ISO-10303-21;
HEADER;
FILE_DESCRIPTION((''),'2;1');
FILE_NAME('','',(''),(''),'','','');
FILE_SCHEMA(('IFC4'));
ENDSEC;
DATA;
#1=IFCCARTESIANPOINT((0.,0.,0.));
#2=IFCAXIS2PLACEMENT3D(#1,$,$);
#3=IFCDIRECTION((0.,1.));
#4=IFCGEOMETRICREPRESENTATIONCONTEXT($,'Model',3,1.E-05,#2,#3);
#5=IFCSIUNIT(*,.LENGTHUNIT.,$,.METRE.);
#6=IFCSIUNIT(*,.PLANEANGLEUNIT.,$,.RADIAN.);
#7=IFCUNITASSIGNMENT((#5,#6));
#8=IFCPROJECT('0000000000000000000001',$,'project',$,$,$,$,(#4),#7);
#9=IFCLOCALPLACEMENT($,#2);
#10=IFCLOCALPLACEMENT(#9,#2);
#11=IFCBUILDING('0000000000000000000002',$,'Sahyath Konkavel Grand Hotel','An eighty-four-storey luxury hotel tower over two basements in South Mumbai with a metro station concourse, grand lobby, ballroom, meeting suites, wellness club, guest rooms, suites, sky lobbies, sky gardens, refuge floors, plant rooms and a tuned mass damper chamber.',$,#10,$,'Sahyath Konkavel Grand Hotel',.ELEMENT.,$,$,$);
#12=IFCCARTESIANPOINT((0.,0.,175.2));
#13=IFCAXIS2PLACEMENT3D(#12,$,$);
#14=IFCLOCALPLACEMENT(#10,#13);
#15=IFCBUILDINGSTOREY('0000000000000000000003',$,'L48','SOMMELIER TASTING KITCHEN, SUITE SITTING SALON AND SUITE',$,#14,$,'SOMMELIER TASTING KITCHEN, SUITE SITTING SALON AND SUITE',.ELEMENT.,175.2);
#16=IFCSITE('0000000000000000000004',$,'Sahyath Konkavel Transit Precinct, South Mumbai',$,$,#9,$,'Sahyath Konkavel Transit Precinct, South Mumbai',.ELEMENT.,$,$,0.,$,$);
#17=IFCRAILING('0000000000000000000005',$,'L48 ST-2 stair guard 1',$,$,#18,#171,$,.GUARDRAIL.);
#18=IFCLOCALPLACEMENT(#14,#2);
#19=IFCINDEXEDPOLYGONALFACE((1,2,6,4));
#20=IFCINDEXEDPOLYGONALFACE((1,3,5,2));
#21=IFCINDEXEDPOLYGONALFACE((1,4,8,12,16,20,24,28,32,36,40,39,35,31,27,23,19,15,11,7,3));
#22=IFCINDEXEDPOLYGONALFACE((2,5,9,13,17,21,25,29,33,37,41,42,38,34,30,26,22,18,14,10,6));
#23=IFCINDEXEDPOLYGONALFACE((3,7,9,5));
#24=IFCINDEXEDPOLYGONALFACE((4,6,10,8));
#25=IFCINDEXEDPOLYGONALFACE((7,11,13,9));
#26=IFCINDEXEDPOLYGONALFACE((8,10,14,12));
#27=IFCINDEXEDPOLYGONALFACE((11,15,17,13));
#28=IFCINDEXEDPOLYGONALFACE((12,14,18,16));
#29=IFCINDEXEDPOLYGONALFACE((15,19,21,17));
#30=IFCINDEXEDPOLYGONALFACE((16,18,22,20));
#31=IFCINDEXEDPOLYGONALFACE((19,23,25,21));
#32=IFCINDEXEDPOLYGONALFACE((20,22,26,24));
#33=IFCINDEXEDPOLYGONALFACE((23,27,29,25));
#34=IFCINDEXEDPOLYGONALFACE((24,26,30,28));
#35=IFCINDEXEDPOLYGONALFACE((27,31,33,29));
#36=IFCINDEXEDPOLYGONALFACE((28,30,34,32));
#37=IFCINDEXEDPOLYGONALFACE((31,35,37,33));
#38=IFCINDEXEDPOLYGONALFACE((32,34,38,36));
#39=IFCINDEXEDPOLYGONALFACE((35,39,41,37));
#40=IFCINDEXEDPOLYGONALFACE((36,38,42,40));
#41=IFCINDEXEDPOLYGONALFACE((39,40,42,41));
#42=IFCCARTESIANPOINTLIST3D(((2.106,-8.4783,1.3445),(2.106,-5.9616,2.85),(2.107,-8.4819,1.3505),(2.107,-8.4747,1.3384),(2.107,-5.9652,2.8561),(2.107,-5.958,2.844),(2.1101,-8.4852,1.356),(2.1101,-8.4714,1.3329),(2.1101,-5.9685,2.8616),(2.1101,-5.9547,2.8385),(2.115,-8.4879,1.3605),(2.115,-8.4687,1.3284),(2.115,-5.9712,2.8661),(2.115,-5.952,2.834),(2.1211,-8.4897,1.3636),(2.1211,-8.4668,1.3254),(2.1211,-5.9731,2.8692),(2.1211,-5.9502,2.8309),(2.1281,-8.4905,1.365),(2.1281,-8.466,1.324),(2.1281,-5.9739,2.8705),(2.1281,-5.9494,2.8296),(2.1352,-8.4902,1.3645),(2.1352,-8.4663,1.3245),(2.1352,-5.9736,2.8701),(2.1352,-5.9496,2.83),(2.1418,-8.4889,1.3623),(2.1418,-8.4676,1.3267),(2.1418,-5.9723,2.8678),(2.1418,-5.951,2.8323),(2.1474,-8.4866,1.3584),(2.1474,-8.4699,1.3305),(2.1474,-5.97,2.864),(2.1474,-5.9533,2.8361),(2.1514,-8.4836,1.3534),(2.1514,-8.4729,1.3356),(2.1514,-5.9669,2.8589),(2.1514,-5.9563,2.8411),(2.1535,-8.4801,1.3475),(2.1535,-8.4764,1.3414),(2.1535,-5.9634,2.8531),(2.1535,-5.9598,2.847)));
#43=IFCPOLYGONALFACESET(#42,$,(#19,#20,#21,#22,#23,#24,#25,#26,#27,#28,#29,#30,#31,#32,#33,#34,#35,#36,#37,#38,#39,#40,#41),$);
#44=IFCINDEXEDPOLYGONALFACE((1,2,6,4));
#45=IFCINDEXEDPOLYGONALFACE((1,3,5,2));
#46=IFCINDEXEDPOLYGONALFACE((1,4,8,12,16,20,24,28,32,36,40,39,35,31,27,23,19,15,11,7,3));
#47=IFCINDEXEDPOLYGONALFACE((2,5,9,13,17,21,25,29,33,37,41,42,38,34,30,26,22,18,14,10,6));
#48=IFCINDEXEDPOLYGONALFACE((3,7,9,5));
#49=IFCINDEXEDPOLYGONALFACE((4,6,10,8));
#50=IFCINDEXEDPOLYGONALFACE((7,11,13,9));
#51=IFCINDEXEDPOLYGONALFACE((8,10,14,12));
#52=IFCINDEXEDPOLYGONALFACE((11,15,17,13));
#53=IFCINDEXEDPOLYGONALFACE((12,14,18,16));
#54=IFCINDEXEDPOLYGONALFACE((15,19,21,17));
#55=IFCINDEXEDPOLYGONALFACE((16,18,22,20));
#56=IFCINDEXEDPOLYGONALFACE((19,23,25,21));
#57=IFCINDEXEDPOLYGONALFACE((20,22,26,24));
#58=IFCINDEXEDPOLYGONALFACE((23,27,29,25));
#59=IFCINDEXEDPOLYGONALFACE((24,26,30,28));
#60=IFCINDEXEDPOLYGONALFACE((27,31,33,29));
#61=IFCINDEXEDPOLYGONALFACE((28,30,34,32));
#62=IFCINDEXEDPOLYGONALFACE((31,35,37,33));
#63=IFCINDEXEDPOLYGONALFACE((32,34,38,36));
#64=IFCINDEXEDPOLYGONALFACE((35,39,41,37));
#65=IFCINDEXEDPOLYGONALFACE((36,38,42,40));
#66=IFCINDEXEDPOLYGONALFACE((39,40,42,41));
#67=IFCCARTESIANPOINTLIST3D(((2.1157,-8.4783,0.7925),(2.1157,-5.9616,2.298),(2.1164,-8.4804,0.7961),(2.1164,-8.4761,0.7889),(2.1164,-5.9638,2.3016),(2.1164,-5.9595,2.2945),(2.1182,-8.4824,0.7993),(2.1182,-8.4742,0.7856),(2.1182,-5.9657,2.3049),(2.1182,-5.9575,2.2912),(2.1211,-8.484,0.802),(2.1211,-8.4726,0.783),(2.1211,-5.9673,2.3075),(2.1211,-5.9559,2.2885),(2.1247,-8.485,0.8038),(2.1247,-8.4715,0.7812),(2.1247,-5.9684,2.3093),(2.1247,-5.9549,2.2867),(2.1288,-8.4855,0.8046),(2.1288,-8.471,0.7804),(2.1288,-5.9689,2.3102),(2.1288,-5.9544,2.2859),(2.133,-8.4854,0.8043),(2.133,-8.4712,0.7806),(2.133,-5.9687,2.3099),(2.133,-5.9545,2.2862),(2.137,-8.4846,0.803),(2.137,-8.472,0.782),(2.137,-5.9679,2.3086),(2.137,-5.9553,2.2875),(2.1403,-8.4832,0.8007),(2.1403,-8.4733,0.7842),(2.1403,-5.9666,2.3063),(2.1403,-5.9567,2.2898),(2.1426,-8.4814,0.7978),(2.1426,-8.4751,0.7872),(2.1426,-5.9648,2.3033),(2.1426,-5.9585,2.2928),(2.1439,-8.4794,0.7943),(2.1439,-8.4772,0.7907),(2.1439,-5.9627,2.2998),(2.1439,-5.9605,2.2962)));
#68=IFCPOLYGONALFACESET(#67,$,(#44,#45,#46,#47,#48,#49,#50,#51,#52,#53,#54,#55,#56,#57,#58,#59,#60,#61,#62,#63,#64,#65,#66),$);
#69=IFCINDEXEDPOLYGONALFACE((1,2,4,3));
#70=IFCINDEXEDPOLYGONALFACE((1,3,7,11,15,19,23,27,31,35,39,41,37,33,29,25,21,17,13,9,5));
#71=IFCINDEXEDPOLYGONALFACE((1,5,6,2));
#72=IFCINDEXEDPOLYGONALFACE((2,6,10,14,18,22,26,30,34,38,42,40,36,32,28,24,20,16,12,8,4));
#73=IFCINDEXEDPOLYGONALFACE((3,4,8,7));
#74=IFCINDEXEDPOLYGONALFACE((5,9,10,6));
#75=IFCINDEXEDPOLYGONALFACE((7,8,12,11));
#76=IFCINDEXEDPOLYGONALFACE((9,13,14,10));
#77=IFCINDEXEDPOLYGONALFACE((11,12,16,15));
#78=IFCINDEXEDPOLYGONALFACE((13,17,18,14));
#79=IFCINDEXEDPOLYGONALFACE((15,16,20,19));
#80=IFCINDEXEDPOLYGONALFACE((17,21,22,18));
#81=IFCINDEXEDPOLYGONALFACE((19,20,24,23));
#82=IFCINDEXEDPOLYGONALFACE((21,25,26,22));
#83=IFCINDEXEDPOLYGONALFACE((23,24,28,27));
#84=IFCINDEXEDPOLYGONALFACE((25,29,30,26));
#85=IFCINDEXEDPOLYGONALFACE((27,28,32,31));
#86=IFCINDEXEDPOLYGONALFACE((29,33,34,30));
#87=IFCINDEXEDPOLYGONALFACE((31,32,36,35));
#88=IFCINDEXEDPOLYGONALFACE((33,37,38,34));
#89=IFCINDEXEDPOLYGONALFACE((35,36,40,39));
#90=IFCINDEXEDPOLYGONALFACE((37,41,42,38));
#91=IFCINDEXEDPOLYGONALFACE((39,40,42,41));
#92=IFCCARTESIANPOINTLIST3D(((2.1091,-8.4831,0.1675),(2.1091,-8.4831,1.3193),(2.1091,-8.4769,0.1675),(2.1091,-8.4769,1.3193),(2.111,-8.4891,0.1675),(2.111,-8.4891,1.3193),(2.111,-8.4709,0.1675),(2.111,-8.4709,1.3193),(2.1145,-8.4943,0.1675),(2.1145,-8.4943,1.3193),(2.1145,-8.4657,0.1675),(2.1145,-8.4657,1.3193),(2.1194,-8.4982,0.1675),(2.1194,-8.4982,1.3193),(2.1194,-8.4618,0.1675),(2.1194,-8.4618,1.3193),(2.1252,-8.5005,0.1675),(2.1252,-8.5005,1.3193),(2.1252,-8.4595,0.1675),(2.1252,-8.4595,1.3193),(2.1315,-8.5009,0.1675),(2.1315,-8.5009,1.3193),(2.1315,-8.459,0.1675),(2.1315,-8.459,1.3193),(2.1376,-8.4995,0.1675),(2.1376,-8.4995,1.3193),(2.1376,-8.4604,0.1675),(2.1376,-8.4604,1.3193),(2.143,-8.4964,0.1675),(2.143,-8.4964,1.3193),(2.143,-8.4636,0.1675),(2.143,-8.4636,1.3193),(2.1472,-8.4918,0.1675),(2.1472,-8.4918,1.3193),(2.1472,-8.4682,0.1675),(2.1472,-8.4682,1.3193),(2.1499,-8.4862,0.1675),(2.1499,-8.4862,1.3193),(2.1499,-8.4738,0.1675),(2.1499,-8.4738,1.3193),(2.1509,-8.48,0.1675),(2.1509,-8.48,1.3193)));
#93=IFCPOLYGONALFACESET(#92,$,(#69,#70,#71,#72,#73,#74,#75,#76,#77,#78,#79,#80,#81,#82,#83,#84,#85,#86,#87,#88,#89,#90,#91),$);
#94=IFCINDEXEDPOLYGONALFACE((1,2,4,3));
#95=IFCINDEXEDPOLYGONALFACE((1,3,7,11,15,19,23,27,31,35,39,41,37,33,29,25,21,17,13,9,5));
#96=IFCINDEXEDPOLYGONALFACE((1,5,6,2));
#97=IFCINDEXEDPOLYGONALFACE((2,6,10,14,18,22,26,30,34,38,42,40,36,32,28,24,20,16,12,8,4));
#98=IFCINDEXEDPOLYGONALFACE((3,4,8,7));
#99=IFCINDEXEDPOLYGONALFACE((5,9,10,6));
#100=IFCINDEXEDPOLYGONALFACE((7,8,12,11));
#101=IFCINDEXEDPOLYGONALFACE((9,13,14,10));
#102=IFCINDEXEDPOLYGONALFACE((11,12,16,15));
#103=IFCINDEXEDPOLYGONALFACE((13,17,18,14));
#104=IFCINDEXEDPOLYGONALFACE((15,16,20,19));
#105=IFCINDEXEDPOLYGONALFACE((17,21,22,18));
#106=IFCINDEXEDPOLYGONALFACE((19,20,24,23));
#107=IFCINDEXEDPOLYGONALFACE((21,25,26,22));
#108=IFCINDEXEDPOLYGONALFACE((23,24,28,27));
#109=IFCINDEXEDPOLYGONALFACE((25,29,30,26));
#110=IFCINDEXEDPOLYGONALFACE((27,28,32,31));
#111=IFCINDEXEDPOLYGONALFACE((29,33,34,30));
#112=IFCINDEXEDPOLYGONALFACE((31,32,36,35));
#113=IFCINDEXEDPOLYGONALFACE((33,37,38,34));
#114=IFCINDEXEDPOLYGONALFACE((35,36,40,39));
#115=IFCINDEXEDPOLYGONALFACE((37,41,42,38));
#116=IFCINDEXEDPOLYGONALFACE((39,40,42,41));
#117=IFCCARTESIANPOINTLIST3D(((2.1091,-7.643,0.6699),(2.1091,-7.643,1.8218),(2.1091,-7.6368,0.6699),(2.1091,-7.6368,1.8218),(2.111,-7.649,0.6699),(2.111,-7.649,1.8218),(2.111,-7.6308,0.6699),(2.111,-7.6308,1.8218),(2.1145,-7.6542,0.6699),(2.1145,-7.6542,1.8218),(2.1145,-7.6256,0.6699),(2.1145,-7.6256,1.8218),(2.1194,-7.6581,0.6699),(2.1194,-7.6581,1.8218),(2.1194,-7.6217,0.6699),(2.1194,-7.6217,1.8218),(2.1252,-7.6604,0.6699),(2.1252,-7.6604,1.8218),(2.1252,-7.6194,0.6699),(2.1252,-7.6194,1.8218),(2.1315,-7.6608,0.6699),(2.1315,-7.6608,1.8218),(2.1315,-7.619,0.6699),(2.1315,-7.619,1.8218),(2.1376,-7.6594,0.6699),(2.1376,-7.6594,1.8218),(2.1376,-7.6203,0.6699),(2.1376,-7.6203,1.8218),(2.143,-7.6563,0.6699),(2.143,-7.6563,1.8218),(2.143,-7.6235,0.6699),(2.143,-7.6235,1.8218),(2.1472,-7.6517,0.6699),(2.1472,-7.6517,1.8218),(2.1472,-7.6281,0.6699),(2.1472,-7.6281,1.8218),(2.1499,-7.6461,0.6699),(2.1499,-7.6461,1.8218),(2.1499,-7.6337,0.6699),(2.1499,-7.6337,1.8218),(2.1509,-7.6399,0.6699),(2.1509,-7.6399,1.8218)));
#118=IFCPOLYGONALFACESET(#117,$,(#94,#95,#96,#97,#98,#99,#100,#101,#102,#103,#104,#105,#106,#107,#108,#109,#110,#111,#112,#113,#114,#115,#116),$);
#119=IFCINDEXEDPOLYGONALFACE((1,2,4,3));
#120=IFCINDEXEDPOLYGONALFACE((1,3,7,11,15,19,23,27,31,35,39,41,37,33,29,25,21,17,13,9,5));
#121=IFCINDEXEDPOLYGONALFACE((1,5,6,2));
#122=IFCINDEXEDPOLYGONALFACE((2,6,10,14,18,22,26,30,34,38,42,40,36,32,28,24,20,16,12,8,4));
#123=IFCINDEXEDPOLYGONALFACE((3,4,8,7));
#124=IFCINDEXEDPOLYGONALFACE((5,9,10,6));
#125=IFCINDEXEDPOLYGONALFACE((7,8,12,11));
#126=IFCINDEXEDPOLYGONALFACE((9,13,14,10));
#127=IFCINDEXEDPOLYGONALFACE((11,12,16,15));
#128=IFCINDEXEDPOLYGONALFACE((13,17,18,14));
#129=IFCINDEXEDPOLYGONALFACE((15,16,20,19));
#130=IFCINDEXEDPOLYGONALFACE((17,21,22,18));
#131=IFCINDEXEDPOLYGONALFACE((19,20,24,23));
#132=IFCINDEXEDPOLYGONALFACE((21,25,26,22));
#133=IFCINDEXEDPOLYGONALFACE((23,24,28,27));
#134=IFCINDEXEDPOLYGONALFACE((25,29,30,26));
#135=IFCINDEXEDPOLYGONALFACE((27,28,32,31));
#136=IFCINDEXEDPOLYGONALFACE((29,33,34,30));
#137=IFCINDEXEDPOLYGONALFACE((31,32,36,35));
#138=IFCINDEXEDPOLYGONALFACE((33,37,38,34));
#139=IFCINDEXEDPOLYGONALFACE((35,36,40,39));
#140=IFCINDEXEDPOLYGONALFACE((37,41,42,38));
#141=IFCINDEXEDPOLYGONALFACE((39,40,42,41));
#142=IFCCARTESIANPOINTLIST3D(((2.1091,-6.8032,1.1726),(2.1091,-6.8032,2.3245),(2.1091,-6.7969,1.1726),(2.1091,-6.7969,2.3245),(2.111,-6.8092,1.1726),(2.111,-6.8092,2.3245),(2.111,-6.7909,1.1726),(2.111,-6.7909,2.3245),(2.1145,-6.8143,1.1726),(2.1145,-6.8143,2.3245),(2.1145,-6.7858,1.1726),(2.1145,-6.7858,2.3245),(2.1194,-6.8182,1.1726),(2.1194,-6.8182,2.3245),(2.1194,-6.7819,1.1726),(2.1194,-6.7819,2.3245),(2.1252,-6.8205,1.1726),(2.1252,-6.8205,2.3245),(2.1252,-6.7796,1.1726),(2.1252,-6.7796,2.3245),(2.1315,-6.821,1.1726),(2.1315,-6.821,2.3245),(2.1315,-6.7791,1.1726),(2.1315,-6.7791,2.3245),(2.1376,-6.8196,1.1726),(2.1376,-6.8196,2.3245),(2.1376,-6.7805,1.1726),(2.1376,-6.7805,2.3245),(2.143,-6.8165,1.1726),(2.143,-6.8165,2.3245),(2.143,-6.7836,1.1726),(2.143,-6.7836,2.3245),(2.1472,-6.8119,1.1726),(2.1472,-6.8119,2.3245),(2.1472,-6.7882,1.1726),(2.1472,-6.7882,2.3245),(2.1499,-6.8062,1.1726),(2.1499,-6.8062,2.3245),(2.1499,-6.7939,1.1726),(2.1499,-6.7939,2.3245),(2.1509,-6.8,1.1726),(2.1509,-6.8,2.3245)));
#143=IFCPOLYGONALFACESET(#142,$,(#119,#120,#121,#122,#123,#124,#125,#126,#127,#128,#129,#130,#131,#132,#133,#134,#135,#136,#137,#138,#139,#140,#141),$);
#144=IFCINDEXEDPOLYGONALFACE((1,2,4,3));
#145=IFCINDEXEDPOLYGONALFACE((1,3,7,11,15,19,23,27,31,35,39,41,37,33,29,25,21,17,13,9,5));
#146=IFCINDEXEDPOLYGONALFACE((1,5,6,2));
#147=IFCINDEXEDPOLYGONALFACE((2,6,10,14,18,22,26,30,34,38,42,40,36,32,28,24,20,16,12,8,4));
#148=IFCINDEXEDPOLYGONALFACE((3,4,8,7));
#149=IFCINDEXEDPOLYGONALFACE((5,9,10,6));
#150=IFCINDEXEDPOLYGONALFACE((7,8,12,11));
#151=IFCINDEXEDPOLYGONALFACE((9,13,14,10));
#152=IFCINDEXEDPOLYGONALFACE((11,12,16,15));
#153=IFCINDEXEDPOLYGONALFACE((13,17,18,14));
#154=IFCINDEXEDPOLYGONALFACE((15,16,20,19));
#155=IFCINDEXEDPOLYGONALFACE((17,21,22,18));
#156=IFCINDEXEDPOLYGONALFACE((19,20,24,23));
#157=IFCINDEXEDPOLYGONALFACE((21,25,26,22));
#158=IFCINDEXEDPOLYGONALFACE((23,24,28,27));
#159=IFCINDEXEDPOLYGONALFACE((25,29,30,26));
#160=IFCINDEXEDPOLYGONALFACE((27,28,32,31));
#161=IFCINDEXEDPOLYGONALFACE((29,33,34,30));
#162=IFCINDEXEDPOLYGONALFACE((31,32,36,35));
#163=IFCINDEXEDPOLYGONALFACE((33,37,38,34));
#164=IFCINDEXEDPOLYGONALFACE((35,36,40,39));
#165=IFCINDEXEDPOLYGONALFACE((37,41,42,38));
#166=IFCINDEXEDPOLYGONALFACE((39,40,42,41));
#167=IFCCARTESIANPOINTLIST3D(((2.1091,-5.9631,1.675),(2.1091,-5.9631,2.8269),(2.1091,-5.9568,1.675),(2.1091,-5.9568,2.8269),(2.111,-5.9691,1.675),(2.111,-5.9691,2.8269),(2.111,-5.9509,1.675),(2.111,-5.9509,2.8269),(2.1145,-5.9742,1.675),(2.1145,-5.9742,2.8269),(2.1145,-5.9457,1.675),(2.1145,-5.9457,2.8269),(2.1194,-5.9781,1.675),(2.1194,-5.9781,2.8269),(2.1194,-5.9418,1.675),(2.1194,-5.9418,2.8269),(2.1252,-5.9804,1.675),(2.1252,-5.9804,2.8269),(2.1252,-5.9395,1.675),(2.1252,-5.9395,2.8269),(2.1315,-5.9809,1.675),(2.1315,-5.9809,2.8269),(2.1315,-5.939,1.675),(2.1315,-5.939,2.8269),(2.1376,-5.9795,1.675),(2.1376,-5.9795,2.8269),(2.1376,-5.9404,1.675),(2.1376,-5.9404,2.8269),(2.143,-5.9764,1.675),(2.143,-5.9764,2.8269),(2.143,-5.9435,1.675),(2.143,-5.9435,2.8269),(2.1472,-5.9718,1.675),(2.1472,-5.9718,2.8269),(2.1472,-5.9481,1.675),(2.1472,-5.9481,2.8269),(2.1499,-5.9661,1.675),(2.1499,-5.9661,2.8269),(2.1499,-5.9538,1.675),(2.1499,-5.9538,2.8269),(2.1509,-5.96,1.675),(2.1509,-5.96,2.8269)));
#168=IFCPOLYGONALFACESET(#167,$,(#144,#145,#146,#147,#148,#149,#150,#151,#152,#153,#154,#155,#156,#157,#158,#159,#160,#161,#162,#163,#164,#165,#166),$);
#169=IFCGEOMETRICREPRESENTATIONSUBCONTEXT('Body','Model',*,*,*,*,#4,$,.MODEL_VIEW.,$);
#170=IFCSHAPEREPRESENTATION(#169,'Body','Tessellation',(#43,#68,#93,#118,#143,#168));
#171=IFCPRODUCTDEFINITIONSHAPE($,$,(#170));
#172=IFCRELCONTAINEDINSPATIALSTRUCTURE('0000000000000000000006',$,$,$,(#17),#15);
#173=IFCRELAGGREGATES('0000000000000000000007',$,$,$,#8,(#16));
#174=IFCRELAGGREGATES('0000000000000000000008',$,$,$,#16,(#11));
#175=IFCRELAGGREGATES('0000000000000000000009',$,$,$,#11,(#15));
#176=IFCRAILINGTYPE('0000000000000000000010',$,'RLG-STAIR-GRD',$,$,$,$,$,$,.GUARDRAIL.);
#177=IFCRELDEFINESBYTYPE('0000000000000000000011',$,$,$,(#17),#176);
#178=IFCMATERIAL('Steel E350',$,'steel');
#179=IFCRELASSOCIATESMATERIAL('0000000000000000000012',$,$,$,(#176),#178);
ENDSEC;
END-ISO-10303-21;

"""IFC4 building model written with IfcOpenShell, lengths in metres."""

from ifc_helpers import new_model, si_unit, direction, frame, origin, origin_2d, place, context, subcontext, project, spatial, circle, extrude, material, type_object, element, save


model = new_model("IFC4")

# Units and contexts
model_context = context("Model", 3, precision=1e-05, world=origin(), true_north=direction((0.0, 1.0)))
body_context = subcontext(model_context, "Body", "Model", "MODEL_VIEW")
ifc_project = project(units=[si_unit("LENGTHUNIT", "METRE"), si_unit("PLANEANGLEUNIT", "RADIAN")], contexts=[model_context])

# Site, building, storey
site_placement = place(None, origin())
site = spatial("IfcSite", under=ifc_project, at=site_placement, Name="Sahyath Konkavel Transit Precinct, South Mumbai", LongName="Sahyath Konkavel Transit Precinct, South Mumbai", CompositionType="ELEMENT", RefElevation=0.0)
building_placement = place(site_placement, origin())
building = spatial("IfcBuilding", under=site, at=building_placement, Name="Sahyath Konkavel Grand Hotel", Description="An eighty-four-storey luxury hotel tower over two basements in South Mumbai with a metro station concourse, grand lobby, ballroom, meeting suites, wellness club, guest rooms, suites, sky lobbies, sky gardens, refuge floors, plant rooms and a tuned mass damper chamber.", LongName="Sahyath Konkavel Grand Hotel", CompositionType="ELEMENT")
storey_placement = place(building_placement, frame((0.0, 0.0, 175.2)))
storey = spatial("IfcBuildingStorey", under=building, at=storey_placement, Name="L48", Description="SOMMELIER TASTING KITCHEN, SUITE SITTING SALON AND SUITE", LongName="SOMMELIER TASTING KITCHEN, SUITE SITTING SALON AND SUITE", CompositionType="ELEMENT", Elevation=175.2)

# Shared definitions
ifc_material_1 = material(Name="Steel E350", Category="steel")

# Railing
railing_type_1 = type_object("IfcRailingType", Name="RLG-STAIR-GRD", PredefinedType="GUARDRAIL", material=ifc_material_1)
railing_1_placement = place(storey_placement, frame((2.1299, -8.48, 0.1675)))
element("IfcRailing", 1, at=railing_1_placement, inside=storey, type_object=railing_type_1, Name="L48 ST-2 stair guard 1", PredefinedType="GUARDRAIL", context=body_context, shape_type="SweptSolid", body=[
    extrude(circle(Radius=0.0239, at=origin_2d()), frame((0.0, 0.0017, 1.177), z_axis=(0.0, 0.85816, 0.513383), x_axis=(-1.0, 0.0, 0.0)), (0.0, 0.0, 1.0), 2.9326),
    extrude(circle(Radius=0.0142, at=origin_2d()), frame((0.0, 0.0017, 0.625), z_axis=(0.0, 0.85816, 0.513383), x_axis=(-1.0, 0.0, 0.0)), (0.0, 0.0, 1.0), 2.9326),
    extrude(circle(Radius=0.021, at=origin_2d()), origin(), (0.0, 0.0, 1.0), 1.1519),
    extrude(circle(Radius=0.021, at=origin_2d()), frame((0.0, 0.8401, 0.5024)), (0.0, 0.0, 1.0), 1.1519),
    extrude(circle(Radius=0.021, at=origin_2d()), frame((0.0, 1.6799, 1.0051)), (0.0, 0.0, 1.0), 1.1519),
    extrude(circle(Radius=0.021, at=origin_2d()), frame((0.0, 2.52, 1.5076)), (0.0, 0.0, 1.0), 1.1519),
])

save(model, "model.ifc")
